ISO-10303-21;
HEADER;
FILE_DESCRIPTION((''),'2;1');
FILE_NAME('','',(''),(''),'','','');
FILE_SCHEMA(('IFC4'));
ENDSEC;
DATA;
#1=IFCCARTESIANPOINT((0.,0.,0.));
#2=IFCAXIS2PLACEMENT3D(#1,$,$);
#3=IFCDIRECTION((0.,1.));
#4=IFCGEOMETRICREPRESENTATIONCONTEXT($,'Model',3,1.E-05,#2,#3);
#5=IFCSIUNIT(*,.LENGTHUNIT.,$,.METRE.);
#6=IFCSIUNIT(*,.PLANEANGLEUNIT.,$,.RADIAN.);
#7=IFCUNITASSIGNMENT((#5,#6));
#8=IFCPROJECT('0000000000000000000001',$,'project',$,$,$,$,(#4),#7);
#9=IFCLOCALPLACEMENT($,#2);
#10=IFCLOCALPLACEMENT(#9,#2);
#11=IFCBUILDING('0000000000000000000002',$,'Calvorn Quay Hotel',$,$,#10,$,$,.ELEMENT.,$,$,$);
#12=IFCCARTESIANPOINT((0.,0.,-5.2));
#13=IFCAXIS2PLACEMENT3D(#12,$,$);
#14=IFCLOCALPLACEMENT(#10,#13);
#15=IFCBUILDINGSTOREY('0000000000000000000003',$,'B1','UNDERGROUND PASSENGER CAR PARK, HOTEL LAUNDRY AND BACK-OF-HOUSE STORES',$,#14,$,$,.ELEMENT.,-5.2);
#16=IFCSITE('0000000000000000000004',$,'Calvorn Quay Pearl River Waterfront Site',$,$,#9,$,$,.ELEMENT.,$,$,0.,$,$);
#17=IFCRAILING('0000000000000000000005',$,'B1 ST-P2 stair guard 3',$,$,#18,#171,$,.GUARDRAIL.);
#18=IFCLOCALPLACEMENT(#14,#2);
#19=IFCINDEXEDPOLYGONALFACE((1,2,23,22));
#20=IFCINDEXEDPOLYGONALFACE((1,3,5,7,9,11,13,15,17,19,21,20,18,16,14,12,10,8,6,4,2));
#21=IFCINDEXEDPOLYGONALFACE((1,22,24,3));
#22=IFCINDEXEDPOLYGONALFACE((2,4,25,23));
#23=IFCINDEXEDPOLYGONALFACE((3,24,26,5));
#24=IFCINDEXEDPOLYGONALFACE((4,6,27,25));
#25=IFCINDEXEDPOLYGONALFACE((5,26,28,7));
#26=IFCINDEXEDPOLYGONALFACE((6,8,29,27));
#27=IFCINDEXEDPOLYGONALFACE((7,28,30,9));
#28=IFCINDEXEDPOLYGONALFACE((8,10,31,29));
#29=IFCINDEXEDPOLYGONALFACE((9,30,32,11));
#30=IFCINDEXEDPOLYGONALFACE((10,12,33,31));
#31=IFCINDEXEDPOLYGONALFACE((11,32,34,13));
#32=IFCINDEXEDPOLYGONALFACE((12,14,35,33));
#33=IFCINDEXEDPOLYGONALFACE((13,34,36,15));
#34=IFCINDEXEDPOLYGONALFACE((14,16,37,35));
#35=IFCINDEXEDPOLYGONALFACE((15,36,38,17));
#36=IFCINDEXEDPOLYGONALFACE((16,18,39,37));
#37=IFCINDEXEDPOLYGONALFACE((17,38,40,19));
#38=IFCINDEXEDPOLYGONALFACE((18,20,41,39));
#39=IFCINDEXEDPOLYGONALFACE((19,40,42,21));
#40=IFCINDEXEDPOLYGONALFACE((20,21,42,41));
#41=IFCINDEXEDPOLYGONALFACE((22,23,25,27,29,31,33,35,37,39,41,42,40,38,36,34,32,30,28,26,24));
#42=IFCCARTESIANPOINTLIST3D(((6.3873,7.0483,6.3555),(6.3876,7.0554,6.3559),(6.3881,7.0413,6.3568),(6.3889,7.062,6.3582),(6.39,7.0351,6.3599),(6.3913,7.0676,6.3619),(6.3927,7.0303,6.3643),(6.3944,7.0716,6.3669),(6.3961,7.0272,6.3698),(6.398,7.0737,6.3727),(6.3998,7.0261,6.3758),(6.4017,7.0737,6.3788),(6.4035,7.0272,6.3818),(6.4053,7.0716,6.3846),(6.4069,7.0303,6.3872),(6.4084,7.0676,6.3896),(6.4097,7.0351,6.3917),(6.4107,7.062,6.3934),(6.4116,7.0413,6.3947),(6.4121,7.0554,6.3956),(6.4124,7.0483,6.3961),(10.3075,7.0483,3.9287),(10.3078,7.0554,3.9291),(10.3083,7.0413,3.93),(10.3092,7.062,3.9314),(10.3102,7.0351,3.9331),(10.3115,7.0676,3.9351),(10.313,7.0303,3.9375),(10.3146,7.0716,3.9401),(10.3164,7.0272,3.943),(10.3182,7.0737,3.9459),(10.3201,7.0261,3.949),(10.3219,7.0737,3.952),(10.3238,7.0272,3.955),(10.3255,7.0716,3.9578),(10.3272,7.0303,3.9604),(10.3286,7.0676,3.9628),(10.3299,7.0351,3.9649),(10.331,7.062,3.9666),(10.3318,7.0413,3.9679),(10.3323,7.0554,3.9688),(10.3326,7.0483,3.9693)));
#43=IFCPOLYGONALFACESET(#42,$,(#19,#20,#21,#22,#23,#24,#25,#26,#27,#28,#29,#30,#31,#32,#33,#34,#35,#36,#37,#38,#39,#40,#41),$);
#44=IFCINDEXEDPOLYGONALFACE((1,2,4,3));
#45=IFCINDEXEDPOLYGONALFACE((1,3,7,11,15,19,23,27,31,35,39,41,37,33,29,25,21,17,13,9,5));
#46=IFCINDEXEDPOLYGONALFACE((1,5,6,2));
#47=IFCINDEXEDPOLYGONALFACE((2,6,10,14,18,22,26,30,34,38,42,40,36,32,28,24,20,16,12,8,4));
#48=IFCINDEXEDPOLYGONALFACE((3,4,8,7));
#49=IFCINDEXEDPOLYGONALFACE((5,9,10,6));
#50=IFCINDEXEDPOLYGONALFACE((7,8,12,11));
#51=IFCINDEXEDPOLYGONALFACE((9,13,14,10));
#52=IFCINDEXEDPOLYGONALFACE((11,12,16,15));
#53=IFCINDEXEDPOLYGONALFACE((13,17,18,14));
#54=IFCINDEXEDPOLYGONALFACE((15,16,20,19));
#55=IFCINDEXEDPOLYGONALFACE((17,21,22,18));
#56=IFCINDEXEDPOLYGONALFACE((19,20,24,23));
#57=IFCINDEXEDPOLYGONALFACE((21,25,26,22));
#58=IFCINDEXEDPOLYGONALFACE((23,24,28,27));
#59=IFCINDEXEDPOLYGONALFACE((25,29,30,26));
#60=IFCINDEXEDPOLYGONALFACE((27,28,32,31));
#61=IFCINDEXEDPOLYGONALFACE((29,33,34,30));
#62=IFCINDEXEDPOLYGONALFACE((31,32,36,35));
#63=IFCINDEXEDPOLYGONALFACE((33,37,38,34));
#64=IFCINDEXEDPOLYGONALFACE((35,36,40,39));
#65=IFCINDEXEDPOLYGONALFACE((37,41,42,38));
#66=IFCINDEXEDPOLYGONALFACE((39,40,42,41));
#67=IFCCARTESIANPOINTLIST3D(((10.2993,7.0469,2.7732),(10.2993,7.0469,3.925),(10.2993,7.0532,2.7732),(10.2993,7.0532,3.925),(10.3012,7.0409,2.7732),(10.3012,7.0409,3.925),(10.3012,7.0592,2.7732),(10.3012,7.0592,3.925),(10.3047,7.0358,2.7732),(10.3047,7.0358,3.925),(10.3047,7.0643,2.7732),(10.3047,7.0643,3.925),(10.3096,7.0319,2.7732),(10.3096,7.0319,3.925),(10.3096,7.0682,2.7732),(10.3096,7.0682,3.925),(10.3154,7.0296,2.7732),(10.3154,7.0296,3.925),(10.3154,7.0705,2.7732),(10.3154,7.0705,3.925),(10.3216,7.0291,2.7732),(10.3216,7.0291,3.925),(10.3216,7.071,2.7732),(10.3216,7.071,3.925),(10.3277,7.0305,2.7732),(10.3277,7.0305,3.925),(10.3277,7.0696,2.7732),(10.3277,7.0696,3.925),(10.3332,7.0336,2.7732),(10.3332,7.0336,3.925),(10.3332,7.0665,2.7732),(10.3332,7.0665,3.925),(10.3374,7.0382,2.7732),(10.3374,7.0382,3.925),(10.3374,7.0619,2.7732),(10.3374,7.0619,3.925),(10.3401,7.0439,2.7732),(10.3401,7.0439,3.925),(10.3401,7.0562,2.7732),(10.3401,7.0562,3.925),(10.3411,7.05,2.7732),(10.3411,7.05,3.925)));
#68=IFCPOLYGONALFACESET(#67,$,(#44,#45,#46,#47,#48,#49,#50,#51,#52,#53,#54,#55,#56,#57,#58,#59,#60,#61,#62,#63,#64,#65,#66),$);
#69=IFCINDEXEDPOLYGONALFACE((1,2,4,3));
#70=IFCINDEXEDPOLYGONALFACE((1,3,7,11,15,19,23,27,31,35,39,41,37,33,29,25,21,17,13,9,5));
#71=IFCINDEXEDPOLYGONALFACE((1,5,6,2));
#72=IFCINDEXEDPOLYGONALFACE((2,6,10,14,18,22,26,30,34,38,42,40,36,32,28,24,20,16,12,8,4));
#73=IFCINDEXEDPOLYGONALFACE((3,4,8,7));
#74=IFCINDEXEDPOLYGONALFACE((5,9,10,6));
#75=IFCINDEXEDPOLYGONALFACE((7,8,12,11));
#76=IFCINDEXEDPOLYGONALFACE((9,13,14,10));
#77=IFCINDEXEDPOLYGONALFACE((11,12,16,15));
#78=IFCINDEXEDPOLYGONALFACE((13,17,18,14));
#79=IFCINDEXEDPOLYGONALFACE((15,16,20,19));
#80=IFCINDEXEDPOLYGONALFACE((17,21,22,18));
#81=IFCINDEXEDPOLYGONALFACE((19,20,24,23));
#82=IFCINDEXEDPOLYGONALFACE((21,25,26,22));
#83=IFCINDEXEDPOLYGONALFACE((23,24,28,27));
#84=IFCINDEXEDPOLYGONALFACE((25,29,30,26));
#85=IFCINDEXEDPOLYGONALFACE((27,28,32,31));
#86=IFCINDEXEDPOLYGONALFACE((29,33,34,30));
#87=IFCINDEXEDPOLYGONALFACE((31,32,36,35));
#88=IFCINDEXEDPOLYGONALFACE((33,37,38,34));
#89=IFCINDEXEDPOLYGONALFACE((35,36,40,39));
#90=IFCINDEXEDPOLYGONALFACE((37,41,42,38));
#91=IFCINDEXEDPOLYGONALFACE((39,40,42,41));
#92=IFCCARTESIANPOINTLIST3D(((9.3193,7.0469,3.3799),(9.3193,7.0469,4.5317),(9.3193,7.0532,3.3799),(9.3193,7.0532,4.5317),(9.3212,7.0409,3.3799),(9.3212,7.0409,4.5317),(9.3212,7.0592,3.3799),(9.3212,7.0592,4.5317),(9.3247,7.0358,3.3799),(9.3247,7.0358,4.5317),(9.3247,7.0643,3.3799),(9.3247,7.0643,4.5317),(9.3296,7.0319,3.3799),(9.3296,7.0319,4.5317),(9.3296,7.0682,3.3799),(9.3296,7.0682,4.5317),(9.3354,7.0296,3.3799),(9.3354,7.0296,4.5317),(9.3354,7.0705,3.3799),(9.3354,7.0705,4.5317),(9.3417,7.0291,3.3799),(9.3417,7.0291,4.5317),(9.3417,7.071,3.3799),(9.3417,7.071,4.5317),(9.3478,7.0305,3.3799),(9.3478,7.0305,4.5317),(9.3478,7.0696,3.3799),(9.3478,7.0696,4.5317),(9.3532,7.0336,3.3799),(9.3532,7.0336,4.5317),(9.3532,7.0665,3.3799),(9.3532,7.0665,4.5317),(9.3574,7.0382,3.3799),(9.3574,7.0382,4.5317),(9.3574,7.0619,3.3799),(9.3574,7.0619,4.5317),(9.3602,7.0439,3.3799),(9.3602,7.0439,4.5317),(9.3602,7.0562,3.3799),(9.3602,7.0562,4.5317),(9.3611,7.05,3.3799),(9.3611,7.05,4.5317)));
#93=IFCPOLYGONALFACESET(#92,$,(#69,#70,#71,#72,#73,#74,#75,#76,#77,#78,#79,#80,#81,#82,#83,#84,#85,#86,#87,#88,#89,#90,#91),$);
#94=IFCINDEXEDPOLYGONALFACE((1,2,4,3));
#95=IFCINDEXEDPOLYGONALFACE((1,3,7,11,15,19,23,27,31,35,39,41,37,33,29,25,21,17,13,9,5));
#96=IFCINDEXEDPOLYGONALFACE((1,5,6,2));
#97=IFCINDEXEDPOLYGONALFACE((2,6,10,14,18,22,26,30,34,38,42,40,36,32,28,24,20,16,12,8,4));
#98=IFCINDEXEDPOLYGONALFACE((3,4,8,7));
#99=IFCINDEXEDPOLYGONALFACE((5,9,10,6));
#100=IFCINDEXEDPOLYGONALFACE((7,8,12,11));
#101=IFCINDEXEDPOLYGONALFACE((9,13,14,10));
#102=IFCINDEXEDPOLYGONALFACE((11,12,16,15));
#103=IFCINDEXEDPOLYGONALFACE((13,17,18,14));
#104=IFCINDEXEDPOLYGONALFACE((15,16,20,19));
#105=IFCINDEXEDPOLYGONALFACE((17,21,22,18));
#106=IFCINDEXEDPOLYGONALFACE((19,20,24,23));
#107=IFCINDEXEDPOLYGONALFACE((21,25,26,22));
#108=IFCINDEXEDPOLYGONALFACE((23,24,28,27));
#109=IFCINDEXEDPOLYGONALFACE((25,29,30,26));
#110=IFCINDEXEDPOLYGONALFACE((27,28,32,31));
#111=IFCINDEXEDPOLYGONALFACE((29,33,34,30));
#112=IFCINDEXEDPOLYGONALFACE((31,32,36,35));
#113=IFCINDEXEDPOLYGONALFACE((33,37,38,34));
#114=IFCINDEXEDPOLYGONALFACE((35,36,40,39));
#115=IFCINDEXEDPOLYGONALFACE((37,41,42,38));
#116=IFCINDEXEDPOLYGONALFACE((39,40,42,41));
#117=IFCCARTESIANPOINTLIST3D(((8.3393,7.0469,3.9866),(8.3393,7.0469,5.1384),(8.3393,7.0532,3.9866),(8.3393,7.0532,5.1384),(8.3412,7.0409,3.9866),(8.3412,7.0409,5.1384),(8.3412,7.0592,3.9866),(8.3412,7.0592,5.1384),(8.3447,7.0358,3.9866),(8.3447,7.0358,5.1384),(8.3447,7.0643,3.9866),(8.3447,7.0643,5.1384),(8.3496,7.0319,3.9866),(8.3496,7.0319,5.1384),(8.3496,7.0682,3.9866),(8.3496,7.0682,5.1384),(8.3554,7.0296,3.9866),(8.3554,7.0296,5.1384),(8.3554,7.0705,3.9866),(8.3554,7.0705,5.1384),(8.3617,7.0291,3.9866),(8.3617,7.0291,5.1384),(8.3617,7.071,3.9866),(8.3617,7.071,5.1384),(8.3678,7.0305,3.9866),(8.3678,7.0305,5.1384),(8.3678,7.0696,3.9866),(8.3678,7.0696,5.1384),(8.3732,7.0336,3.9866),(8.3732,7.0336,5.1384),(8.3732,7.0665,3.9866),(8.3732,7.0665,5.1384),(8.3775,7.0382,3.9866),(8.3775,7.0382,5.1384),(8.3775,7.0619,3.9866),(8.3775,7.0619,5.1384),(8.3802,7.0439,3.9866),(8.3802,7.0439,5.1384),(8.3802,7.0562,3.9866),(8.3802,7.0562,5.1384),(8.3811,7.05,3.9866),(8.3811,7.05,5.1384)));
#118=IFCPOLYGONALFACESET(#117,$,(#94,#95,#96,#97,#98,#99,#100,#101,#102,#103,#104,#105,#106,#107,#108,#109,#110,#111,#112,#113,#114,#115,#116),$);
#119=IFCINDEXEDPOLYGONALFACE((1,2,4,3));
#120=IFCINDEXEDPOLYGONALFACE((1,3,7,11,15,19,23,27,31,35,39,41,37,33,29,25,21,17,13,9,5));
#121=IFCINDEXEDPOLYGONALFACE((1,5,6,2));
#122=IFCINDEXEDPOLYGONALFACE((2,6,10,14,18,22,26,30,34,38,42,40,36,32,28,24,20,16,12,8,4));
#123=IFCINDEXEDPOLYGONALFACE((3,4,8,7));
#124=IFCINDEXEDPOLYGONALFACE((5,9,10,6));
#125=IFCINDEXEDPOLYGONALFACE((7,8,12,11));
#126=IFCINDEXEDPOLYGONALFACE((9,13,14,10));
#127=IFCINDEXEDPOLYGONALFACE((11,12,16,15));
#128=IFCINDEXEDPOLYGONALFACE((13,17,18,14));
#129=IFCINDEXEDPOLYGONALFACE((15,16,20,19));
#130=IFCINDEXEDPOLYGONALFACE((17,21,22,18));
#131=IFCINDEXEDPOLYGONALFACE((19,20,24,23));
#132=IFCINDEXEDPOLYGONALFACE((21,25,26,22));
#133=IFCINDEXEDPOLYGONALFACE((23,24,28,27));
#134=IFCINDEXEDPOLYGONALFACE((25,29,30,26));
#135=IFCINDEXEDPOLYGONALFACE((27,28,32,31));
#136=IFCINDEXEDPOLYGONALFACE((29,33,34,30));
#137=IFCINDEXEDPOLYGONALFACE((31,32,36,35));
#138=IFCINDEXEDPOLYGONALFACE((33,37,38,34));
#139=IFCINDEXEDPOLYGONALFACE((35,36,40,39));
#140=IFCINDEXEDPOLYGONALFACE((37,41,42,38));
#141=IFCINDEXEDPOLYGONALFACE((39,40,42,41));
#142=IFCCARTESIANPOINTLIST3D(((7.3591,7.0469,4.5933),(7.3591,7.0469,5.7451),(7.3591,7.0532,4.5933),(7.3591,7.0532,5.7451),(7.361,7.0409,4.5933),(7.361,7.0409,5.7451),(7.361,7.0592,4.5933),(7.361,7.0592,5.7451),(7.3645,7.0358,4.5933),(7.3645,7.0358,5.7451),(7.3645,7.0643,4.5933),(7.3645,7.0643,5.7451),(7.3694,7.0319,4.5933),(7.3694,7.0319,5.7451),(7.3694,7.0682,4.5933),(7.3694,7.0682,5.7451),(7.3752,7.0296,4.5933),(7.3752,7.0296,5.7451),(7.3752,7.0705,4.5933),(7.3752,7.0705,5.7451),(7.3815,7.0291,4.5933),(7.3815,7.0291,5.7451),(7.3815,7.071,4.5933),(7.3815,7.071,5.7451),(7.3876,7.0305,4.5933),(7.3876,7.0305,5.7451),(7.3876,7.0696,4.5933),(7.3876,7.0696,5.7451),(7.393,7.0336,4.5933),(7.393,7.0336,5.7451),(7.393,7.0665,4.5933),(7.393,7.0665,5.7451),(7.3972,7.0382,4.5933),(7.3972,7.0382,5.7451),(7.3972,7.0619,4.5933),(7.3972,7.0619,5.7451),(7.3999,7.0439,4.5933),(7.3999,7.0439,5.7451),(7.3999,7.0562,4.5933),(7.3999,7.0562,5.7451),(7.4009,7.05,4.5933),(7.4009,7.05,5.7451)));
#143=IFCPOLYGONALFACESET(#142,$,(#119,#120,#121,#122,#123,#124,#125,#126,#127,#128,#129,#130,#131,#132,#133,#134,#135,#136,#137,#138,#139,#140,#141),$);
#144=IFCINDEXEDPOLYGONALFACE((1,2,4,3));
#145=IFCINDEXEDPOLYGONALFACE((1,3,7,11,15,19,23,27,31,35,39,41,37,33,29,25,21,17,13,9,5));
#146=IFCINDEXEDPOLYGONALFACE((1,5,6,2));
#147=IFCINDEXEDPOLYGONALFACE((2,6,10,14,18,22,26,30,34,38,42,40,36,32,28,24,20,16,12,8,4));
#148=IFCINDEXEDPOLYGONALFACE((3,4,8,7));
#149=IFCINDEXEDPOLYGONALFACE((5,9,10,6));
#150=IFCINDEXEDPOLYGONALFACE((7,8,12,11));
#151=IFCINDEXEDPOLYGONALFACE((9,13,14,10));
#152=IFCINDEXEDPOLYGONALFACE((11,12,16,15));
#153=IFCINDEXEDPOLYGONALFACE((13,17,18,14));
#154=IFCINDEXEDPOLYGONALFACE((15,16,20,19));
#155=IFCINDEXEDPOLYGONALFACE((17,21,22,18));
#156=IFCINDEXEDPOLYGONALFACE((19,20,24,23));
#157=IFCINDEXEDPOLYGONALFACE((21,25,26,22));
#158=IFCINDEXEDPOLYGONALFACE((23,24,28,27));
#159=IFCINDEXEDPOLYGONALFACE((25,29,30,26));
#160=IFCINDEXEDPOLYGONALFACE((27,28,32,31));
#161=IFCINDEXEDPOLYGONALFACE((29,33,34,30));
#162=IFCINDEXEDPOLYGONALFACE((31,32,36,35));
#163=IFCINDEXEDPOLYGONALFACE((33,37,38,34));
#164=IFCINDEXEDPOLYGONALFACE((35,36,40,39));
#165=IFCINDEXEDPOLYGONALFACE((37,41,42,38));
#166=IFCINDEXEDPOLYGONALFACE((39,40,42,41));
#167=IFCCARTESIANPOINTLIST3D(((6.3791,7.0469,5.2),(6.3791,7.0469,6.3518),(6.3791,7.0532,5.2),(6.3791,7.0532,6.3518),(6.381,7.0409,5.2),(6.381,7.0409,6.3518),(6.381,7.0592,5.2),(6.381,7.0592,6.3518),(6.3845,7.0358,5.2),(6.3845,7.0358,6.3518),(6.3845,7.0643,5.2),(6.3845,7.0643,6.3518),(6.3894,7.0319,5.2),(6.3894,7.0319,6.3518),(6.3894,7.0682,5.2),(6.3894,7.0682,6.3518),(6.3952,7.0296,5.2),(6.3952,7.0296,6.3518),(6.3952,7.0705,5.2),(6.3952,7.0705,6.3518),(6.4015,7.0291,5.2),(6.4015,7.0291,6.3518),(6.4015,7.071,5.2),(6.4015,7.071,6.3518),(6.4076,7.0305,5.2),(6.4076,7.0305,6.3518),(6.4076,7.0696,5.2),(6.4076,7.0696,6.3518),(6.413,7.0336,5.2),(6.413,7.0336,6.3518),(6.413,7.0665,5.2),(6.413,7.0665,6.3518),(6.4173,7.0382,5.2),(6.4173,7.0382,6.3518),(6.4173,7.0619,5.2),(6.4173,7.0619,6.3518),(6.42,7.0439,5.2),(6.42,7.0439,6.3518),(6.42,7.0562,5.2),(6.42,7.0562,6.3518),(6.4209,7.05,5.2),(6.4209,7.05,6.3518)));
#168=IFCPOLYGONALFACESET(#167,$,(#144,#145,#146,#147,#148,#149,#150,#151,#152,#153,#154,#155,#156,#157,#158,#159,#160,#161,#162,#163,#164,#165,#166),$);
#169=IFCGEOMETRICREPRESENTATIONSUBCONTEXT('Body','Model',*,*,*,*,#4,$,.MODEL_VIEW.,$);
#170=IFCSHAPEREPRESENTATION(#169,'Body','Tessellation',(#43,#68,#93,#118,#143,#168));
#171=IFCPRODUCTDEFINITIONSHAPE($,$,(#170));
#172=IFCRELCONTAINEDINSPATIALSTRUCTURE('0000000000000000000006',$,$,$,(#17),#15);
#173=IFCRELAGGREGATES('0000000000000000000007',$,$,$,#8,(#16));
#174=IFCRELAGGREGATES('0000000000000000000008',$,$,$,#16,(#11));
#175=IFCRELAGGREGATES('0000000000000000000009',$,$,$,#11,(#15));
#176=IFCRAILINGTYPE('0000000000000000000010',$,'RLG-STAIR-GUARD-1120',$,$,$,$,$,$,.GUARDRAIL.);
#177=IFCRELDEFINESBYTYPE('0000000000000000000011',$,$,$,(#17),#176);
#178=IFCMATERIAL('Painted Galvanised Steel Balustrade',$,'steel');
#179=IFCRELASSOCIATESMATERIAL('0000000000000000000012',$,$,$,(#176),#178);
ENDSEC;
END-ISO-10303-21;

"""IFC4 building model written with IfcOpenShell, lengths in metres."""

from ifc_helpers import new_model, si_unit, direction, frame, origin, origin_2d, place, context, subcontext, project, spatial, circle, extrude, material, type_object, element, save


model = new_model("IFC4")

# Units and contexts
model_context = context("Model", 3, precision=1e-05, world=origin(), true_north=direction((0.0, 1.0)))
body_context = subcontext(model_context, "Body", "Model", "MODEL_VIEW")
ifc_project = project(units=[si_unit("LENGTHUNIT", "METRE"), si_unit("PLANEANGLEUNIT", "RADIAN")], contexts=[model_context])

# Site, building, storey
site_placement = place(None, origin())
site = spatial("IfcSite", under=ifc_project, at=site_placement, Name="Calvorn Quay Pearl River Waterfront Site", CompositionType="ELEMENT", RefElevation=0.0)
building_placement = place(site_placement, origin())
building = spatial("IfcBuilding", under=site, at=building_placement, Name="Calvorn Quay Hotel", CompositionType="ELEMENT")
storey_placement = place(building_placement, frame((0.0, 0.0, -5.2)))
storey = spatial("IfcBuildingStorey", under=building, at=storey_placement, Name="B1", Description="UNDERGROUND PASSENGER CAR PARK, HOTEL LAUNDRY AND BACK-OF-HOUSE STORES", CompositionType="ELEMENT", Elevation=-5.2)

# Railing
ifc_material_1 = material(Name="Painted Galvanised Steel Balustrade", Category="steel")
railing_type_1 = type_object("IfcRailingType", Name="RLG-STAIR-GUARD-1120", PredefinedType="GUARDRAIL", material=ifc_material_1)
railing_1_placement = place(storey_placement, frame((10.3201, 7.05, 2.7732)))
element("IfcRailing", 1, at=railing_1_placement, inside=storey, type_object=railing_type_1, Name="B1 ST-P2 stair guard 3", PredefinedType="GUARDRAIL", context=body_context, shape_type="SweptSolid", body=[
    extrude(circle(Radius=0.0239, at=origin_2d()), frame((0.0, 0.0, 1.1758), z_axis=(-0.850266, 0.0, 0.526353), x_axis=(0.0, -1.0, 0.0)), (0.0, 0.0, 1.0), 4.6106),
    extrude(circle(Radius=0.021, at=origin_2d()), origin(), (0.0, 0.0, 1.0), 1.1519),
    extrude(circle(Radius=0.021, at=origin_2d()), frame((-0.98, 0.0, 0.6067)), (0.0, 0.0, 1.0), 1.1519),
    extrude(circle(Radius=0.021, at=origin_2d()), frame((-1.96, 0.0, 1.2134)), (0.0, 0.0, 1.0), 1.1519),
    extrude(circle(Radius=0.021, at=origin_2d()), frame((-2.9402, 0.0, 1.8201)), (0.0, 0.0, 1.0), 1.1519),
    extrude(circle(Radius=0.021, at=origin_2d()), frame((-3.9202, 0.0, 2.4268)), (0.0, 0.0, 1.0), 1.1519),
])

save(model, "model.ifc")
